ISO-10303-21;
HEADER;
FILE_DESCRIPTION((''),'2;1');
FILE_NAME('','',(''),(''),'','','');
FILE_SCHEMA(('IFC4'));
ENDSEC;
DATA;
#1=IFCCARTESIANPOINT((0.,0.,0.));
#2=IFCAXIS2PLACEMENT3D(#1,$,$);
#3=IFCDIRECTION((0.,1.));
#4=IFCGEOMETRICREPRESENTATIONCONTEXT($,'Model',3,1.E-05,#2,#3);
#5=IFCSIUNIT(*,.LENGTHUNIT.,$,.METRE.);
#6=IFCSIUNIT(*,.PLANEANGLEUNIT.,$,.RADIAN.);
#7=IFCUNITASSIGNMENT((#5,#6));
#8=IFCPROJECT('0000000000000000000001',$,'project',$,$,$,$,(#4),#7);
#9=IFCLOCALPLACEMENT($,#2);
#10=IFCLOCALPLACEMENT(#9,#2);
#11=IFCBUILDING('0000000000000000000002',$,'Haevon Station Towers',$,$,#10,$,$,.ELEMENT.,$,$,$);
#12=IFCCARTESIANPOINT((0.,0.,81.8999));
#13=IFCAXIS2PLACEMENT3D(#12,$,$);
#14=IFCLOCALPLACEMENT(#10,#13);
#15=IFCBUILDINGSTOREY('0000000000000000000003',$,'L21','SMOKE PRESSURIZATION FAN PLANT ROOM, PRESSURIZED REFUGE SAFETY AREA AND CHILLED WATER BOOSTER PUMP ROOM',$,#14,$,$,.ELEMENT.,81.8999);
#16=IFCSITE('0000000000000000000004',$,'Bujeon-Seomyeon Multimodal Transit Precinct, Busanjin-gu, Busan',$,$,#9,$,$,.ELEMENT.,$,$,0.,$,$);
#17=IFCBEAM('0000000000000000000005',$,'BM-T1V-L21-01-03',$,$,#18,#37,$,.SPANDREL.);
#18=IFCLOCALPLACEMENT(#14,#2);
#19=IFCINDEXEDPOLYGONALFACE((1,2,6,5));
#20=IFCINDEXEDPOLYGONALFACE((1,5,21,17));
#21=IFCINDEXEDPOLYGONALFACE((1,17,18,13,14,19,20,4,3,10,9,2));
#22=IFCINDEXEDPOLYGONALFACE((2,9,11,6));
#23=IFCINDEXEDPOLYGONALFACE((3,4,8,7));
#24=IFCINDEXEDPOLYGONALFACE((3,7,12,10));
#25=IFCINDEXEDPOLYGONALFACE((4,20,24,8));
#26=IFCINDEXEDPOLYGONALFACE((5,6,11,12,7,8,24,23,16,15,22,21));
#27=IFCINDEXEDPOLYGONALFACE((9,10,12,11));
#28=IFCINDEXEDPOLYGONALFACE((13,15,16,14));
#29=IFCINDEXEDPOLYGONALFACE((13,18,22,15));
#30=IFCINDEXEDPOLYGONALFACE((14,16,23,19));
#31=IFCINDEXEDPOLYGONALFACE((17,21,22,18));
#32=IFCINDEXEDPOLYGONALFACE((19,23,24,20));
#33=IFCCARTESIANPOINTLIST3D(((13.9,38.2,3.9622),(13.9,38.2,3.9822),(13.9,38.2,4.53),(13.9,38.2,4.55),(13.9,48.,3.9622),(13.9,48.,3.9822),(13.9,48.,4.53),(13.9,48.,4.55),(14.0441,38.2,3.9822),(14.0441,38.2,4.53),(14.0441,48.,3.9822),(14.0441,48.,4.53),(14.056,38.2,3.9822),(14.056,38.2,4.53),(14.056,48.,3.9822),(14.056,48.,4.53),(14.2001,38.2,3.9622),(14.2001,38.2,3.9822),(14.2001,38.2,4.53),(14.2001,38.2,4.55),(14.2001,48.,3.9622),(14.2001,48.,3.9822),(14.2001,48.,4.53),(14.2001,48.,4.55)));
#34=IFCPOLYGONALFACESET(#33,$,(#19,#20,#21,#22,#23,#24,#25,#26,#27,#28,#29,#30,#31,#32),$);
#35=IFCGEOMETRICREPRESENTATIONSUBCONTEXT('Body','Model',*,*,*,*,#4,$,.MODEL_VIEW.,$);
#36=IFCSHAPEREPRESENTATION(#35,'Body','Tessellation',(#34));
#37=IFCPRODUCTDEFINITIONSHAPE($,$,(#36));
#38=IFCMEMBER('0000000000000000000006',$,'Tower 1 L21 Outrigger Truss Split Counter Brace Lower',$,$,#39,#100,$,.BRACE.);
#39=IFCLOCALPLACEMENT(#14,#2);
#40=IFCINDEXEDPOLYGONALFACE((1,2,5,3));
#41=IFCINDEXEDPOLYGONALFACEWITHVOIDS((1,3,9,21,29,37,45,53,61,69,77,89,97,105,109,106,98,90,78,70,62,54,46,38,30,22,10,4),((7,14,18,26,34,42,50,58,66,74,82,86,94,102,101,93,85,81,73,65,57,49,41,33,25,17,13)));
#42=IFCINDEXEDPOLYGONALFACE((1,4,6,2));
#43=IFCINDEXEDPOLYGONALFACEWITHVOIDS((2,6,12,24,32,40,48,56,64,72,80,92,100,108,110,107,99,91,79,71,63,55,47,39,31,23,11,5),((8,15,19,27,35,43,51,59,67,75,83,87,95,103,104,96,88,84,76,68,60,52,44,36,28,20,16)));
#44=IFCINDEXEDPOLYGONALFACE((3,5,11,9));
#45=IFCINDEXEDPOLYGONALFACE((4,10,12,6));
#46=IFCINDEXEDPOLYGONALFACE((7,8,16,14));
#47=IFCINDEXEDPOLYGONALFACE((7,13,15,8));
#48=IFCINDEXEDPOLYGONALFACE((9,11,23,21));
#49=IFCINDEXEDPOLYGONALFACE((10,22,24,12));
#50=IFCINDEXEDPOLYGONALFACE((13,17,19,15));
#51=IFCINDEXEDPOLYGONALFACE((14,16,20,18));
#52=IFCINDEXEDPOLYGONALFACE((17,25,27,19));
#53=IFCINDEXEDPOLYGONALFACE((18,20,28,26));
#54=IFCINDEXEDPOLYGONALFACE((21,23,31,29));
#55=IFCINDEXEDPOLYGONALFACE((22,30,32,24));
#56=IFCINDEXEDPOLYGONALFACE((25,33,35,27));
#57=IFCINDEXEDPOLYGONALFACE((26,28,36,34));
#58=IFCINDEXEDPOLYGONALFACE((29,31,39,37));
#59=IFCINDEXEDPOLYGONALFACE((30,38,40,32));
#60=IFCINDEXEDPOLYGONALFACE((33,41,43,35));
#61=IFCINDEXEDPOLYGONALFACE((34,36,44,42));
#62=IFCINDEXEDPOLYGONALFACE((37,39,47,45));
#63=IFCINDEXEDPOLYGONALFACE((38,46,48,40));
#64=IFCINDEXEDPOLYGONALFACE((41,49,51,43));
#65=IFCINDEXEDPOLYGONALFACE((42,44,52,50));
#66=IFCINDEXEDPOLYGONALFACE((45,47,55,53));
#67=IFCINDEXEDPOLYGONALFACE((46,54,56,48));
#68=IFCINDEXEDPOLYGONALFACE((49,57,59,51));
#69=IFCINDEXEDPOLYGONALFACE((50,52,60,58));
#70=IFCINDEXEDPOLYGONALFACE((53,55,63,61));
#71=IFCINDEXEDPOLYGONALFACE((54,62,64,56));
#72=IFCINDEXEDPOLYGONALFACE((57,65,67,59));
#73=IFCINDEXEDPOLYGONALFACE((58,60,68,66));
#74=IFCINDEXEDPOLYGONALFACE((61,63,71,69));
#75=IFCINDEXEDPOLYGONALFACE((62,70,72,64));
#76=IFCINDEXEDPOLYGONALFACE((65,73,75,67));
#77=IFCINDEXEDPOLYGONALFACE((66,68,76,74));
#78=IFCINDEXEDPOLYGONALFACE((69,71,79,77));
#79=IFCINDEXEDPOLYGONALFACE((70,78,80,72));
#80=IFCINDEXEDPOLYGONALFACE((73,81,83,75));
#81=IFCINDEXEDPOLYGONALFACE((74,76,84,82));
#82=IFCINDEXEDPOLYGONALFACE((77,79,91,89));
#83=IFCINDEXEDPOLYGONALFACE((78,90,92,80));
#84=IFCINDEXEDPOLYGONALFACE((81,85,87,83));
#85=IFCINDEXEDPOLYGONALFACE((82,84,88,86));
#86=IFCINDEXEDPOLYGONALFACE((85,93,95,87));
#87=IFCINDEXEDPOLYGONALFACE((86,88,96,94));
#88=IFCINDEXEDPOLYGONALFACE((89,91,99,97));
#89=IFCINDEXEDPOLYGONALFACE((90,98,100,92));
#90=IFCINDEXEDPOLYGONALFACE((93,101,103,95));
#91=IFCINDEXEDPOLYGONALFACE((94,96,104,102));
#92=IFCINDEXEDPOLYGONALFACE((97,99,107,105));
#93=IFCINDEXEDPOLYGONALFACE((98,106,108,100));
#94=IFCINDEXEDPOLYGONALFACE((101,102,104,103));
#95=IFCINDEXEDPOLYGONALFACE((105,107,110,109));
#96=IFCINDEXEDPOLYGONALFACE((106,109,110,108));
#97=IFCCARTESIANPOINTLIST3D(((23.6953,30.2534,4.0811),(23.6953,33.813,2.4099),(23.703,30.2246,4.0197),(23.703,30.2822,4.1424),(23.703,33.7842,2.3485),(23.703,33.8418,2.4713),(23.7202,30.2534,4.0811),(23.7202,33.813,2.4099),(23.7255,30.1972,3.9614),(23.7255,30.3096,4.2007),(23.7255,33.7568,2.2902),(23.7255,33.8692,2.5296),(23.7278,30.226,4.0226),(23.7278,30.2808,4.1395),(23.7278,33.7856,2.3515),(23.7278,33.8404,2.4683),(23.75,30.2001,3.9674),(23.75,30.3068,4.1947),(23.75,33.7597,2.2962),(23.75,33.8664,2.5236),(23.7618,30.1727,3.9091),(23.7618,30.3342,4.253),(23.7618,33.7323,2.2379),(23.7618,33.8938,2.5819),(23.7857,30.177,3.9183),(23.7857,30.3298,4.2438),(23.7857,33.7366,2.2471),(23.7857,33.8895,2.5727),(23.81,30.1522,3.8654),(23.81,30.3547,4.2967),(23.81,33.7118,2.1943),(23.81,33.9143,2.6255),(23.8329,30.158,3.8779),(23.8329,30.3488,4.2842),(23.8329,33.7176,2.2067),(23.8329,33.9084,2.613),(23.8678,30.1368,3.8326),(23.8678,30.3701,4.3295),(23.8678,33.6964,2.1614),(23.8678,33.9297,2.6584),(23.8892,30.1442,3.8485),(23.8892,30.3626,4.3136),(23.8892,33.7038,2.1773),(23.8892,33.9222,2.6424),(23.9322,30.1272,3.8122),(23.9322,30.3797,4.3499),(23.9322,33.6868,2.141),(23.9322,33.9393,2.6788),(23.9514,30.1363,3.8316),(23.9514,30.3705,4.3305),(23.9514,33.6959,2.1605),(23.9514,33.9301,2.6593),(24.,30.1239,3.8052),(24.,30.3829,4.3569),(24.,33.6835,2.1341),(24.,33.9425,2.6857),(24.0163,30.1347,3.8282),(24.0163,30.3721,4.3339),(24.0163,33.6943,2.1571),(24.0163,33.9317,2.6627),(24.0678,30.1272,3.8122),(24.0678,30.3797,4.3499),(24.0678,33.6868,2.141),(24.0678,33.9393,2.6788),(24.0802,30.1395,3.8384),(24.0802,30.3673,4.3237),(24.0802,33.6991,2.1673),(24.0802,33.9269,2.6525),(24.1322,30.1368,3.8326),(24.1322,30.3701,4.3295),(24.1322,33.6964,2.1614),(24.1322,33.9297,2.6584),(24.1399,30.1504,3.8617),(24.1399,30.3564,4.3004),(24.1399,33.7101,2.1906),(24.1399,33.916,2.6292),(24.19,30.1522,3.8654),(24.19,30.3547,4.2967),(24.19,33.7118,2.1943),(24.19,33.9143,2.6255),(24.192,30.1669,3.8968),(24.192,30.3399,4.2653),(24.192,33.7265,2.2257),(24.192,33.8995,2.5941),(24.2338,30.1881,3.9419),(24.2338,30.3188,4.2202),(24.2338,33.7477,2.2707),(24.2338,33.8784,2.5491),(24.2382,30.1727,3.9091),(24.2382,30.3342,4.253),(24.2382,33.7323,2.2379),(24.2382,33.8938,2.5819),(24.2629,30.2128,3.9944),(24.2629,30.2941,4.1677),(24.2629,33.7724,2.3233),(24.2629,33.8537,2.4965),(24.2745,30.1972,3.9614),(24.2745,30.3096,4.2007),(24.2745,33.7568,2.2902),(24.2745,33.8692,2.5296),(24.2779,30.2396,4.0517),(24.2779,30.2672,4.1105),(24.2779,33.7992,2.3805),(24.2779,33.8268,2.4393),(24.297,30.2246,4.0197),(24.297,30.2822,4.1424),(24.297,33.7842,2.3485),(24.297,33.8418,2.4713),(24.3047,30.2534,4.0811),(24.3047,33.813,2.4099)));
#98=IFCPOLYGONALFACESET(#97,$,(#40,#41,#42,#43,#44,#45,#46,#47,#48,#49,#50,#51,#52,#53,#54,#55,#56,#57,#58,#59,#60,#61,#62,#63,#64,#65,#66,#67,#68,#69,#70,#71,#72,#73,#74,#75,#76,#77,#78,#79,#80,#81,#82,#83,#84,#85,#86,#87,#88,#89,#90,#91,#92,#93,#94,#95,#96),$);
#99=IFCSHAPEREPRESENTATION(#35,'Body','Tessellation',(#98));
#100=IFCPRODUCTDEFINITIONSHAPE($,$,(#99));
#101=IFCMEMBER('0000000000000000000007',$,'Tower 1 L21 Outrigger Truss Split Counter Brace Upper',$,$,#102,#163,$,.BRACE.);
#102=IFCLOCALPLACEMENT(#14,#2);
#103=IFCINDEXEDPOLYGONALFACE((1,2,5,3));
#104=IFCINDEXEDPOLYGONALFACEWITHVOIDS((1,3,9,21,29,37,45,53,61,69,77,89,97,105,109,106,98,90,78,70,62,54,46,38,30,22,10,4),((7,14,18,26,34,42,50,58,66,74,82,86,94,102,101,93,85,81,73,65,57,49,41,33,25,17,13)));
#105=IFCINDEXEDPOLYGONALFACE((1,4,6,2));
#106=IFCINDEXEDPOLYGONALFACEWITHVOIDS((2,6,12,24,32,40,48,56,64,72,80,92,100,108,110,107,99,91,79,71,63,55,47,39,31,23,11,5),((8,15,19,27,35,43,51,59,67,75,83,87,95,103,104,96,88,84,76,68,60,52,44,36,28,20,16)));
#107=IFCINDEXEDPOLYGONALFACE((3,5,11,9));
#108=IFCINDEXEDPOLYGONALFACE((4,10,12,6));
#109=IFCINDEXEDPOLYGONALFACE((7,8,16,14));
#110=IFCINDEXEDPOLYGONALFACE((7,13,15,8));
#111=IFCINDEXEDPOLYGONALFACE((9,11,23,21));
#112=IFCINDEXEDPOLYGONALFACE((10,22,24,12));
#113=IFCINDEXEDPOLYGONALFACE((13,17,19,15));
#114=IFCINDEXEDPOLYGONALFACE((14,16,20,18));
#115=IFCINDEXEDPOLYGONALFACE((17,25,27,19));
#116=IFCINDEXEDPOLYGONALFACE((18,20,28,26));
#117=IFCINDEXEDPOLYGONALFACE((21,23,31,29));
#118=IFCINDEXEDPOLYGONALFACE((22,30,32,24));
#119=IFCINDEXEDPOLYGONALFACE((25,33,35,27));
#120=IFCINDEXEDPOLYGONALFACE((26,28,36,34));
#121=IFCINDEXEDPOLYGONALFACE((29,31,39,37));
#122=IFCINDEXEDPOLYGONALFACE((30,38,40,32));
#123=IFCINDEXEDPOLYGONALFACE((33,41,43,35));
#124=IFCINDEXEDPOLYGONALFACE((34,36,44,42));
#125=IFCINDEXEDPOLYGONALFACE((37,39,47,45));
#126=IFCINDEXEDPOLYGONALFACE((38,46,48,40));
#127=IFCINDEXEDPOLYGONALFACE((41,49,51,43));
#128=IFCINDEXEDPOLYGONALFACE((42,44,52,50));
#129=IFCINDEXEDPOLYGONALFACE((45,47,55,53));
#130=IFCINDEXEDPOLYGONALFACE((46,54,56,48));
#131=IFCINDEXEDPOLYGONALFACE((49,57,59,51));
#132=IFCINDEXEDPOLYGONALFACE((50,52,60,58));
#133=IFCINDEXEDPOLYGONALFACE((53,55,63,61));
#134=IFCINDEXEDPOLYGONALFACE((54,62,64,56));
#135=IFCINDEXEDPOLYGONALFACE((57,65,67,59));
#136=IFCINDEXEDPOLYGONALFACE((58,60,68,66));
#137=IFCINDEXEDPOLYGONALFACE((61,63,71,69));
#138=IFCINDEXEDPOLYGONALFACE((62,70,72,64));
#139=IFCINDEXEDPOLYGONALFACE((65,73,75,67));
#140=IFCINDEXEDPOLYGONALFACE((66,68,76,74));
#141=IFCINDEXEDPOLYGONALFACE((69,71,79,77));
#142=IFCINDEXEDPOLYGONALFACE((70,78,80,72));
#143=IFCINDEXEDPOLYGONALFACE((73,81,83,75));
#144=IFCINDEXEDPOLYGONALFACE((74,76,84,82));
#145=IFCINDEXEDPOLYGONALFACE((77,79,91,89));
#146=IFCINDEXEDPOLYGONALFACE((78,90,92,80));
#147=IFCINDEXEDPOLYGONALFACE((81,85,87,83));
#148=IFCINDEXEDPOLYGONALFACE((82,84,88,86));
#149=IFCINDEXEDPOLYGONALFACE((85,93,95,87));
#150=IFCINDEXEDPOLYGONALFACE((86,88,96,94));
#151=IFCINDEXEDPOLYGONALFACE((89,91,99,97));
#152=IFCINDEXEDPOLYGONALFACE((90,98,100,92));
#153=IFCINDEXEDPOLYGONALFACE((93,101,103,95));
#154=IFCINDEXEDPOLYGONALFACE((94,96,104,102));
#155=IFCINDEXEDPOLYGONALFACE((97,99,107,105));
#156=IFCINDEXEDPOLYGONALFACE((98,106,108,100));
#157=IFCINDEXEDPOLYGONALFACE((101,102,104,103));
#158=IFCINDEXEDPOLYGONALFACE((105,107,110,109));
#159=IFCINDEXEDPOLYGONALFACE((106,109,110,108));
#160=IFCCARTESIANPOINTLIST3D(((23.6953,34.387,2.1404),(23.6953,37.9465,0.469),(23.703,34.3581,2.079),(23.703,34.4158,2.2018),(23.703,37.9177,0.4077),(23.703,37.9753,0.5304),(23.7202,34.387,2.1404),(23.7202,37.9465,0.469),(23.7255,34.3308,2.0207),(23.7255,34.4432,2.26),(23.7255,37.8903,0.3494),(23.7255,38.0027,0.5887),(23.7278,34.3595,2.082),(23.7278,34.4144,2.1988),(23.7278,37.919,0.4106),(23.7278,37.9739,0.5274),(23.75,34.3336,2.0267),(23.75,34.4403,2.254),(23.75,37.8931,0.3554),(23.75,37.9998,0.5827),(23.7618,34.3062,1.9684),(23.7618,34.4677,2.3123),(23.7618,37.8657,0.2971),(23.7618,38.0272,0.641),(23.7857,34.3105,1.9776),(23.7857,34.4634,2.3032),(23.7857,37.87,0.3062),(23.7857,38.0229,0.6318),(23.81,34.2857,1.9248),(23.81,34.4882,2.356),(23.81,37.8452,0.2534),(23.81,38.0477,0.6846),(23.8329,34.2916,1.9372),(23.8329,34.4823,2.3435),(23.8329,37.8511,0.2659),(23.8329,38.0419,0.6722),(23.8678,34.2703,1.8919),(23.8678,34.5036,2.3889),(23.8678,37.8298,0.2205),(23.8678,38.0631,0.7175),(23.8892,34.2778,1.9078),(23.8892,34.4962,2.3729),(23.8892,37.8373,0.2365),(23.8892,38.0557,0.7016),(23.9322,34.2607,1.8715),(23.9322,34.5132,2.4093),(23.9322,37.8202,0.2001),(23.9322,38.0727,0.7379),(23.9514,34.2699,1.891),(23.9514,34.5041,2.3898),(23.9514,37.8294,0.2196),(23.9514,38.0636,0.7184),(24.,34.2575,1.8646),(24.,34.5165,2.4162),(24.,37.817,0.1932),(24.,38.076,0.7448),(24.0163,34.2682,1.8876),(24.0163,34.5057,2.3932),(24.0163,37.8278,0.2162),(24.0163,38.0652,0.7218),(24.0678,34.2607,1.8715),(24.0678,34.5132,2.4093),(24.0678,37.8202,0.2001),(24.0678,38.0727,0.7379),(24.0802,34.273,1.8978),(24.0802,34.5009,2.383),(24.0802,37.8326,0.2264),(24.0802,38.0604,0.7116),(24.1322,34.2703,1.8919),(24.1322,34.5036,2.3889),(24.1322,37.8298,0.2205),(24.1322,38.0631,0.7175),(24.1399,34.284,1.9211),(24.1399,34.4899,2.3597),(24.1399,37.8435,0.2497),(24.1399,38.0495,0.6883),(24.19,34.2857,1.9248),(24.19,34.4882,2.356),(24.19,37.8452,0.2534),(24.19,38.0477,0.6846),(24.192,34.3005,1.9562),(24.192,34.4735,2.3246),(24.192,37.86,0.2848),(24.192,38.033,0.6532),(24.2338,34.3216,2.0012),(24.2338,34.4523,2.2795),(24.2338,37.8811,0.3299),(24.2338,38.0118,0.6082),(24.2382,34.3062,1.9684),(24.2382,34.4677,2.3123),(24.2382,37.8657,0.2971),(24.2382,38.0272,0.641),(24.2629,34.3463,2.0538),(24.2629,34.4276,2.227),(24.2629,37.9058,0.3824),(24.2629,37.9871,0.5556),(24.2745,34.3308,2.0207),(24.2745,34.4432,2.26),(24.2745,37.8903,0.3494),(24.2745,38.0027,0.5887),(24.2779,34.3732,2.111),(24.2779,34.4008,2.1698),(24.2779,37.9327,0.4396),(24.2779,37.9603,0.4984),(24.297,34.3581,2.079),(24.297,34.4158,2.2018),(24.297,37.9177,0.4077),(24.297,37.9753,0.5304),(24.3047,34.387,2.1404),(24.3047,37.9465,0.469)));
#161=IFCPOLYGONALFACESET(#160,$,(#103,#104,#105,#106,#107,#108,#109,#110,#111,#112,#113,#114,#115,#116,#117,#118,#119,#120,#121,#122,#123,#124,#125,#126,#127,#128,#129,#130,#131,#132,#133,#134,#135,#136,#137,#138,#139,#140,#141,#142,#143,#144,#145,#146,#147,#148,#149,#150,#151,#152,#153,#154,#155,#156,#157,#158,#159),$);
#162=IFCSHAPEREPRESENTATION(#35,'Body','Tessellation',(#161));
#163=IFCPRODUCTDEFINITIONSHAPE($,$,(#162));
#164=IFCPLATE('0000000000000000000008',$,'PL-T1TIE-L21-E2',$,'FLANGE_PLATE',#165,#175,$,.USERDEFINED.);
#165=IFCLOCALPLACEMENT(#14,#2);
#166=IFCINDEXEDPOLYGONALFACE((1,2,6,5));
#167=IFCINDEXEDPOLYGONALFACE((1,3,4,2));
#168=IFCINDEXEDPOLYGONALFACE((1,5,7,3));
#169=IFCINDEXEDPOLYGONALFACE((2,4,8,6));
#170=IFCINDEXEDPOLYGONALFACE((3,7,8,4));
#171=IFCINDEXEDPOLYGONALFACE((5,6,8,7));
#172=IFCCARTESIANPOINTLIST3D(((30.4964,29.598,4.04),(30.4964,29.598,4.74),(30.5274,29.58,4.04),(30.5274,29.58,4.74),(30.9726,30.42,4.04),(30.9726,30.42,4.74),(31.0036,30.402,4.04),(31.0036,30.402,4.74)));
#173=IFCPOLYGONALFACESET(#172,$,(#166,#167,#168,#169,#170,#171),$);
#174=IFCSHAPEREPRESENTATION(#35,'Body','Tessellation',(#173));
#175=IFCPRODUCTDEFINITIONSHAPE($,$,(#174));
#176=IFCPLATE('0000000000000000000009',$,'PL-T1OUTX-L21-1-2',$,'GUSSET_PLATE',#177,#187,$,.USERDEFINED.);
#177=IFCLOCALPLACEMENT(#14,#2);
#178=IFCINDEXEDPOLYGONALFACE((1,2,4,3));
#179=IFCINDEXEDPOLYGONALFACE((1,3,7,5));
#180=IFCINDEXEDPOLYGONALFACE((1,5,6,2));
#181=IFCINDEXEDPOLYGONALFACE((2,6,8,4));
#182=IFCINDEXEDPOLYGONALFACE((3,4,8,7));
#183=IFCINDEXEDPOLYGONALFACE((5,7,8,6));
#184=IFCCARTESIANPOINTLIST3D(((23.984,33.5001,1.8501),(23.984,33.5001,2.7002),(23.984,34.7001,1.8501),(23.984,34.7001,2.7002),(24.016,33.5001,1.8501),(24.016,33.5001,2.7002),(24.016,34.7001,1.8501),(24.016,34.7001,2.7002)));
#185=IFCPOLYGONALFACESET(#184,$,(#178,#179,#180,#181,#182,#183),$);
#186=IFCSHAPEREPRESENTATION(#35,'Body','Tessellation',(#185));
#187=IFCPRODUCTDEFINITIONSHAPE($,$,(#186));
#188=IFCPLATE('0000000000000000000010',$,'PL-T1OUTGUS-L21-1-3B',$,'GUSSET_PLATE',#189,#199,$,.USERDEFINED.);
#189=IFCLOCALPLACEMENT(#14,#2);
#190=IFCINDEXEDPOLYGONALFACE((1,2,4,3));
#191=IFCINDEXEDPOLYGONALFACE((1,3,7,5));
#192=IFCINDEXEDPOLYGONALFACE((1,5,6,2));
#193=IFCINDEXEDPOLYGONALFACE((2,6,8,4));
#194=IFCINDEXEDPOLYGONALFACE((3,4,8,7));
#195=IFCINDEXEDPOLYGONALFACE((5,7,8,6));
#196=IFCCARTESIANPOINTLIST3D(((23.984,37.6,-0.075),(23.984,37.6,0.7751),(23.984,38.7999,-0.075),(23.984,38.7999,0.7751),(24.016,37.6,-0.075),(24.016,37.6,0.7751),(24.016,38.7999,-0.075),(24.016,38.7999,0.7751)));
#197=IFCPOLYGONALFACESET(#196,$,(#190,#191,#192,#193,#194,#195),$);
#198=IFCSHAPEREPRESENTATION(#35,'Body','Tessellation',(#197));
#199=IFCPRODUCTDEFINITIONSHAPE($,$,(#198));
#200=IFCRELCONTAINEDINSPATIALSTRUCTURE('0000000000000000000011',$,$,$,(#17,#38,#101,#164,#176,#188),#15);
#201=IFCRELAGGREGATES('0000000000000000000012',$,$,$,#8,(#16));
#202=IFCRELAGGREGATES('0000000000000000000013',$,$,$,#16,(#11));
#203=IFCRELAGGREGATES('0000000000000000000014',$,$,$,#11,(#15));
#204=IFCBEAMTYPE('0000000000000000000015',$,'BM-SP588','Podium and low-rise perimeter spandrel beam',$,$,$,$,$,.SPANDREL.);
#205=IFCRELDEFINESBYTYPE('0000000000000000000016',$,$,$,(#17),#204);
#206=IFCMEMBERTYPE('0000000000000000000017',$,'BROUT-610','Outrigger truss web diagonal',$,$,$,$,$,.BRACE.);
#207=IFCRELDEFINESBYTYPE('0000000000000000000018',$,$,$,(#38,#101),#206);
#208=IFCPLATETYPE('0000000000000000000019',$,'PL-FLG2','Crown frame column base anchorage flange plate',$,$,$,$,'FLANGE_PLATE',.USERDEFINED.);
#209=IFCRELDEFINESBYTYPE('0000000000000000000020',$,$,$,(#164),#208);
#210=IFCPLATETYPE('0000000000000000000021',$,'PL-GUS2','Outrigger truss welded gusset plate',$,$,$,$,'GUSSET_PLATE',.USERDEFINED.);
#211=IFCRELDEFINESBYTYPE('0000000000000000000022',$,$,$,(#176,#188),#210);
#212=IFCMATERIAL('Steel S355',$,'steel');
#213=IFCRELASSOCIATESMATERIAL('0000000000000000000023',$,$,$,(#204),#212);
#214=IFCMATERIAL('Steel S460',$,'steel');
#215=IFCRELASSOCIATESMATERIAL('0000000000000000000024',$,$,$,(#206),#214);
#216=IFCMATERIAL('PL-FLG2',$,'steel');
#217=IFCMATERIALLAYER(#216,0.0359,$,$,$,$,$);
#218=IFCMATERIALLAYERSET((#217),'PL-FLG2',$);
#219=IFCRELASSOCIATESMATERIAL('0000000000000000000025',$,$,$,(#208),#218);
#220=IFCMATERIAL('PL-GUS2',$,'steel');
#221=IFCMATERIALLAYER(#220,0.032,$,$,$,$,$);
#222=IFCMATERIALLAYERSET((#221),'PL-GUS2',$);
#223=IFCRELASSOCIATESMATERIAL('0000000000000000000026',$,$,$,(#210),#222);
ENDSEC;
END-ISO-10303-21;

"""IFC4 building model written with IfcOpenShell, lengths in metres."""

from ifc_helpers import new_model, si_unit, direction, frame, origin, origin_2d, place, context, subcontext, project, spatial, rectangle, hollow_circle, i_section, extrude, material, layer, layer_set, material_profile, profile_set, type_object, element, save


model = new_model("IFC4")

# Units and contexts
model_context = context("Model", 3, precision=1e-05, world=origin(), true_north=direction((0.0, 1.0)))
body_context = subcontext(model_context, "Body", "Model", "MODEL_VIEW")
ifc_project = project(units=[si_unit("LENGTHUNIT", "METRE"), si_unit("PLANEANGLEUNIT", "RADIAN")], contexts=[model_context])

# Site, building, storey
site_placement = place(None, origin())
site = spatial("IfcSite", under=ifc_project, at=site_placement, Name="Bujeon-Seomyeon Multimodal Transit Precinct, Busanjin-gu, Busan", CompositionType="ELEMENT", RefElevation=0.0)
building_placement = place(site_placement, origin())
building = spatial("IfcBuilding", under=site, at=building_placement, Name="Haevon Station Towers", CompositionType="ELEMENT")
storey_placement = place(building_placement, frame((0.0, 0.0, 81.8999)))
storey = spatial("IfcBuildingStorey", under=building, at=storey_placement, Name="L21", Description="SMOKE PRESSURIZATION FAN PLANT ROOM, PRESSURIZED REFUGE SAFETY AREA AND CHILLED WATER BOOSTER PUMP ROOM", CompositionType="ELEMENT", Elevation=81.8999)

# Shared definitions
ifc_material_1 = material(Name="Steel S460", Category="steel")

# Beam
ifc_material_2 = material(Name="Steel S355", Category="steel")
ifc_material_profile_1 = material_profile(ifc_material_2, i_section(OverallWidth=0.3, OverallDepth=0.5879, WebThickness=0.012, FlangeThickness=0.02, at=origin_2d()), Name="H-588x300x12x20")
ifc_profile_set_1 = profile_set([ifc_material_profile_1], Name="Steel S355")
beam_type_1 = type_object("IfcBeamType", Name="BM-SP588", Description="Podium and low-rise perimeter spandrel beam", PredefinedType="SPANDREL", material=ifc_profile_set_1)
beam_1_placement = place(storey_placement, frame((14.05, 38.2, 4.2561), z_axis=(0.0, 1.0, 0.0), x_axis=(-1.0, 0.0, 0.0)))
element("IfcBeam", 1, at=beam_1_placement, inside=storey, type_object=beam_type_1, Name="BM-T1V-L21-01-03", PredefinedType="SPANDREL", context=body_context, shape_type="SweptSolid", body=[
    extrude(i_section(OverallWidth=0.3, OverallDepth=0.5879, WebThickness=0.012, FlangeThickness=0.02, at=origin_2d()), origin(), (0.0, 0.0, 1.0), 9.8),
])

# Members
ifc_material_profile_2 = material_profile(ifc_material_1, hollow_circle(Radius=0.3047, WallThickness=0.0249, at=origin_2d()), Name="CHS-609.6x25")
ifc_profile_set_2 = profile_set([ifc_material_profile_2], Name="Steel S460")
member_type = type_object("IfcMemberType", Name="BROUT-610", Description="Outrigger truss web diagonal", PredefinedType="BRACE", material=ifc_profile_set_2)
for number, where, z_axis, x_axis, name in (
    (2, (24.0, 30.2534, 4.0811), (0.0, 0.905205, -0.424975), (-1.0, 0.0, 0.0), "Tower 1 L21 Outrigger Truss Split Counter Brace Lower"),
    (3, (24.0, 34.387, 2.1404), (0.0, 0.905181, -0.425025), (-1.0, 0.0, 0.0), "Tower 1 L21 Outrigger Truss Split Counter Brace Upper"),
):
    element("IfcMember", number, at=place(storey_placement, frame(where, z_axis=z_axis, x_axis=x_axis)), inside=storey, type_object=member_type, Name=name, PredefinedType="BRACE", context=body_context, shape_type="SweptSolid", body=[
        extrude(hollow_circle(Radius=0.3047, WallThickness=0.0249, at=origin_2d()), origin(), (0.0, 0.0, 1.0), 3.9324),
    ])

# Plates
ifc_material_3 = material(Name="PL-FLG2", Category="steel")
ifc_layer_1 = layer(ifc_material_3, 0.0359)
ifc_layer_set_1 = layer_set([ifc_layer_1], Name="PL-FLG2")
plate_type_1 = type_object("IfcPlateType", Name="PL-FLG2", Description="Crown frame column base anchorage flange plate", ElementType="FLANGE_PLATE", PredefinedType="USERDEFINED", material=ifc_layer_set_1)
plate_placement = place(storey_placement, frame((30.75, 30.0, 4.04), z_axis=(0.0, 0.0, 1.0), x_axis=(0.50133, 0.865256, 0.0)))
element("IfcPlate", 4, at=plate_placement, inside=storey, type_object=plate_type_1, Name="PL-T1TIE-L21-E2", ObjectType="FLANGE_PLATE", PredefinedType="USERDEFINED", context=body_context, shape_type="SweptSolid", body=[
    extrude(rectangle(XDim=0.95, YDim=0.0359, at=origin_2d()), origin(), (0.0, 0.0, 1.0), 0.7),
])
ifc_material_4 = material(Name="PL-GUS2", Category="steel")
ifc_layer_2 = layer(ifc_material_4, 0.032)
ifc_layer_set_2 = layer_set([ifc_layer_2], Name="PL-GUS2")
plate_type_2 = type_object("IfcPlateType", Name="PL-GUS2", Description="Outrigger truss welded gusset plate", ElementType="GUSSET_PLATE", PredefinedType="USERDEFINED", material=ifc_layer_set_2)
for number, where, z_axis, x_axis, name in (
    (5, (24.0, 34.1001, 1.8501), (0.0, 0.0, 1.0), (0.0, 1.0, 0.0), "PL-T1OUTX-L21-1-2"),
    (6, (24.0, 38.2, -0.075), (0.0, 0.0, 1.0), (0.0, 1.0, 0.0), "PL-T1OUTGUS-L21-1-3B"),
):
    element("IfcPlate", number, at=place(storey_placement, frame(where, z_axis=z_axis, x_axis=x_axis)), inside=storey, type_object=plate_type_2, Name=name, ObjectType="GUSSET_PLATE", PredefinedType="USERDEFINED", context=body_context, shape_type="SweptSolid", body=[
        extrude(rectangle(XDim=1.2, YDim=0.032, at=origin_2d()), origin(), (0.0, 0.0, 1.0), 0.8501),
    ])

save(model, "model.ifc")
